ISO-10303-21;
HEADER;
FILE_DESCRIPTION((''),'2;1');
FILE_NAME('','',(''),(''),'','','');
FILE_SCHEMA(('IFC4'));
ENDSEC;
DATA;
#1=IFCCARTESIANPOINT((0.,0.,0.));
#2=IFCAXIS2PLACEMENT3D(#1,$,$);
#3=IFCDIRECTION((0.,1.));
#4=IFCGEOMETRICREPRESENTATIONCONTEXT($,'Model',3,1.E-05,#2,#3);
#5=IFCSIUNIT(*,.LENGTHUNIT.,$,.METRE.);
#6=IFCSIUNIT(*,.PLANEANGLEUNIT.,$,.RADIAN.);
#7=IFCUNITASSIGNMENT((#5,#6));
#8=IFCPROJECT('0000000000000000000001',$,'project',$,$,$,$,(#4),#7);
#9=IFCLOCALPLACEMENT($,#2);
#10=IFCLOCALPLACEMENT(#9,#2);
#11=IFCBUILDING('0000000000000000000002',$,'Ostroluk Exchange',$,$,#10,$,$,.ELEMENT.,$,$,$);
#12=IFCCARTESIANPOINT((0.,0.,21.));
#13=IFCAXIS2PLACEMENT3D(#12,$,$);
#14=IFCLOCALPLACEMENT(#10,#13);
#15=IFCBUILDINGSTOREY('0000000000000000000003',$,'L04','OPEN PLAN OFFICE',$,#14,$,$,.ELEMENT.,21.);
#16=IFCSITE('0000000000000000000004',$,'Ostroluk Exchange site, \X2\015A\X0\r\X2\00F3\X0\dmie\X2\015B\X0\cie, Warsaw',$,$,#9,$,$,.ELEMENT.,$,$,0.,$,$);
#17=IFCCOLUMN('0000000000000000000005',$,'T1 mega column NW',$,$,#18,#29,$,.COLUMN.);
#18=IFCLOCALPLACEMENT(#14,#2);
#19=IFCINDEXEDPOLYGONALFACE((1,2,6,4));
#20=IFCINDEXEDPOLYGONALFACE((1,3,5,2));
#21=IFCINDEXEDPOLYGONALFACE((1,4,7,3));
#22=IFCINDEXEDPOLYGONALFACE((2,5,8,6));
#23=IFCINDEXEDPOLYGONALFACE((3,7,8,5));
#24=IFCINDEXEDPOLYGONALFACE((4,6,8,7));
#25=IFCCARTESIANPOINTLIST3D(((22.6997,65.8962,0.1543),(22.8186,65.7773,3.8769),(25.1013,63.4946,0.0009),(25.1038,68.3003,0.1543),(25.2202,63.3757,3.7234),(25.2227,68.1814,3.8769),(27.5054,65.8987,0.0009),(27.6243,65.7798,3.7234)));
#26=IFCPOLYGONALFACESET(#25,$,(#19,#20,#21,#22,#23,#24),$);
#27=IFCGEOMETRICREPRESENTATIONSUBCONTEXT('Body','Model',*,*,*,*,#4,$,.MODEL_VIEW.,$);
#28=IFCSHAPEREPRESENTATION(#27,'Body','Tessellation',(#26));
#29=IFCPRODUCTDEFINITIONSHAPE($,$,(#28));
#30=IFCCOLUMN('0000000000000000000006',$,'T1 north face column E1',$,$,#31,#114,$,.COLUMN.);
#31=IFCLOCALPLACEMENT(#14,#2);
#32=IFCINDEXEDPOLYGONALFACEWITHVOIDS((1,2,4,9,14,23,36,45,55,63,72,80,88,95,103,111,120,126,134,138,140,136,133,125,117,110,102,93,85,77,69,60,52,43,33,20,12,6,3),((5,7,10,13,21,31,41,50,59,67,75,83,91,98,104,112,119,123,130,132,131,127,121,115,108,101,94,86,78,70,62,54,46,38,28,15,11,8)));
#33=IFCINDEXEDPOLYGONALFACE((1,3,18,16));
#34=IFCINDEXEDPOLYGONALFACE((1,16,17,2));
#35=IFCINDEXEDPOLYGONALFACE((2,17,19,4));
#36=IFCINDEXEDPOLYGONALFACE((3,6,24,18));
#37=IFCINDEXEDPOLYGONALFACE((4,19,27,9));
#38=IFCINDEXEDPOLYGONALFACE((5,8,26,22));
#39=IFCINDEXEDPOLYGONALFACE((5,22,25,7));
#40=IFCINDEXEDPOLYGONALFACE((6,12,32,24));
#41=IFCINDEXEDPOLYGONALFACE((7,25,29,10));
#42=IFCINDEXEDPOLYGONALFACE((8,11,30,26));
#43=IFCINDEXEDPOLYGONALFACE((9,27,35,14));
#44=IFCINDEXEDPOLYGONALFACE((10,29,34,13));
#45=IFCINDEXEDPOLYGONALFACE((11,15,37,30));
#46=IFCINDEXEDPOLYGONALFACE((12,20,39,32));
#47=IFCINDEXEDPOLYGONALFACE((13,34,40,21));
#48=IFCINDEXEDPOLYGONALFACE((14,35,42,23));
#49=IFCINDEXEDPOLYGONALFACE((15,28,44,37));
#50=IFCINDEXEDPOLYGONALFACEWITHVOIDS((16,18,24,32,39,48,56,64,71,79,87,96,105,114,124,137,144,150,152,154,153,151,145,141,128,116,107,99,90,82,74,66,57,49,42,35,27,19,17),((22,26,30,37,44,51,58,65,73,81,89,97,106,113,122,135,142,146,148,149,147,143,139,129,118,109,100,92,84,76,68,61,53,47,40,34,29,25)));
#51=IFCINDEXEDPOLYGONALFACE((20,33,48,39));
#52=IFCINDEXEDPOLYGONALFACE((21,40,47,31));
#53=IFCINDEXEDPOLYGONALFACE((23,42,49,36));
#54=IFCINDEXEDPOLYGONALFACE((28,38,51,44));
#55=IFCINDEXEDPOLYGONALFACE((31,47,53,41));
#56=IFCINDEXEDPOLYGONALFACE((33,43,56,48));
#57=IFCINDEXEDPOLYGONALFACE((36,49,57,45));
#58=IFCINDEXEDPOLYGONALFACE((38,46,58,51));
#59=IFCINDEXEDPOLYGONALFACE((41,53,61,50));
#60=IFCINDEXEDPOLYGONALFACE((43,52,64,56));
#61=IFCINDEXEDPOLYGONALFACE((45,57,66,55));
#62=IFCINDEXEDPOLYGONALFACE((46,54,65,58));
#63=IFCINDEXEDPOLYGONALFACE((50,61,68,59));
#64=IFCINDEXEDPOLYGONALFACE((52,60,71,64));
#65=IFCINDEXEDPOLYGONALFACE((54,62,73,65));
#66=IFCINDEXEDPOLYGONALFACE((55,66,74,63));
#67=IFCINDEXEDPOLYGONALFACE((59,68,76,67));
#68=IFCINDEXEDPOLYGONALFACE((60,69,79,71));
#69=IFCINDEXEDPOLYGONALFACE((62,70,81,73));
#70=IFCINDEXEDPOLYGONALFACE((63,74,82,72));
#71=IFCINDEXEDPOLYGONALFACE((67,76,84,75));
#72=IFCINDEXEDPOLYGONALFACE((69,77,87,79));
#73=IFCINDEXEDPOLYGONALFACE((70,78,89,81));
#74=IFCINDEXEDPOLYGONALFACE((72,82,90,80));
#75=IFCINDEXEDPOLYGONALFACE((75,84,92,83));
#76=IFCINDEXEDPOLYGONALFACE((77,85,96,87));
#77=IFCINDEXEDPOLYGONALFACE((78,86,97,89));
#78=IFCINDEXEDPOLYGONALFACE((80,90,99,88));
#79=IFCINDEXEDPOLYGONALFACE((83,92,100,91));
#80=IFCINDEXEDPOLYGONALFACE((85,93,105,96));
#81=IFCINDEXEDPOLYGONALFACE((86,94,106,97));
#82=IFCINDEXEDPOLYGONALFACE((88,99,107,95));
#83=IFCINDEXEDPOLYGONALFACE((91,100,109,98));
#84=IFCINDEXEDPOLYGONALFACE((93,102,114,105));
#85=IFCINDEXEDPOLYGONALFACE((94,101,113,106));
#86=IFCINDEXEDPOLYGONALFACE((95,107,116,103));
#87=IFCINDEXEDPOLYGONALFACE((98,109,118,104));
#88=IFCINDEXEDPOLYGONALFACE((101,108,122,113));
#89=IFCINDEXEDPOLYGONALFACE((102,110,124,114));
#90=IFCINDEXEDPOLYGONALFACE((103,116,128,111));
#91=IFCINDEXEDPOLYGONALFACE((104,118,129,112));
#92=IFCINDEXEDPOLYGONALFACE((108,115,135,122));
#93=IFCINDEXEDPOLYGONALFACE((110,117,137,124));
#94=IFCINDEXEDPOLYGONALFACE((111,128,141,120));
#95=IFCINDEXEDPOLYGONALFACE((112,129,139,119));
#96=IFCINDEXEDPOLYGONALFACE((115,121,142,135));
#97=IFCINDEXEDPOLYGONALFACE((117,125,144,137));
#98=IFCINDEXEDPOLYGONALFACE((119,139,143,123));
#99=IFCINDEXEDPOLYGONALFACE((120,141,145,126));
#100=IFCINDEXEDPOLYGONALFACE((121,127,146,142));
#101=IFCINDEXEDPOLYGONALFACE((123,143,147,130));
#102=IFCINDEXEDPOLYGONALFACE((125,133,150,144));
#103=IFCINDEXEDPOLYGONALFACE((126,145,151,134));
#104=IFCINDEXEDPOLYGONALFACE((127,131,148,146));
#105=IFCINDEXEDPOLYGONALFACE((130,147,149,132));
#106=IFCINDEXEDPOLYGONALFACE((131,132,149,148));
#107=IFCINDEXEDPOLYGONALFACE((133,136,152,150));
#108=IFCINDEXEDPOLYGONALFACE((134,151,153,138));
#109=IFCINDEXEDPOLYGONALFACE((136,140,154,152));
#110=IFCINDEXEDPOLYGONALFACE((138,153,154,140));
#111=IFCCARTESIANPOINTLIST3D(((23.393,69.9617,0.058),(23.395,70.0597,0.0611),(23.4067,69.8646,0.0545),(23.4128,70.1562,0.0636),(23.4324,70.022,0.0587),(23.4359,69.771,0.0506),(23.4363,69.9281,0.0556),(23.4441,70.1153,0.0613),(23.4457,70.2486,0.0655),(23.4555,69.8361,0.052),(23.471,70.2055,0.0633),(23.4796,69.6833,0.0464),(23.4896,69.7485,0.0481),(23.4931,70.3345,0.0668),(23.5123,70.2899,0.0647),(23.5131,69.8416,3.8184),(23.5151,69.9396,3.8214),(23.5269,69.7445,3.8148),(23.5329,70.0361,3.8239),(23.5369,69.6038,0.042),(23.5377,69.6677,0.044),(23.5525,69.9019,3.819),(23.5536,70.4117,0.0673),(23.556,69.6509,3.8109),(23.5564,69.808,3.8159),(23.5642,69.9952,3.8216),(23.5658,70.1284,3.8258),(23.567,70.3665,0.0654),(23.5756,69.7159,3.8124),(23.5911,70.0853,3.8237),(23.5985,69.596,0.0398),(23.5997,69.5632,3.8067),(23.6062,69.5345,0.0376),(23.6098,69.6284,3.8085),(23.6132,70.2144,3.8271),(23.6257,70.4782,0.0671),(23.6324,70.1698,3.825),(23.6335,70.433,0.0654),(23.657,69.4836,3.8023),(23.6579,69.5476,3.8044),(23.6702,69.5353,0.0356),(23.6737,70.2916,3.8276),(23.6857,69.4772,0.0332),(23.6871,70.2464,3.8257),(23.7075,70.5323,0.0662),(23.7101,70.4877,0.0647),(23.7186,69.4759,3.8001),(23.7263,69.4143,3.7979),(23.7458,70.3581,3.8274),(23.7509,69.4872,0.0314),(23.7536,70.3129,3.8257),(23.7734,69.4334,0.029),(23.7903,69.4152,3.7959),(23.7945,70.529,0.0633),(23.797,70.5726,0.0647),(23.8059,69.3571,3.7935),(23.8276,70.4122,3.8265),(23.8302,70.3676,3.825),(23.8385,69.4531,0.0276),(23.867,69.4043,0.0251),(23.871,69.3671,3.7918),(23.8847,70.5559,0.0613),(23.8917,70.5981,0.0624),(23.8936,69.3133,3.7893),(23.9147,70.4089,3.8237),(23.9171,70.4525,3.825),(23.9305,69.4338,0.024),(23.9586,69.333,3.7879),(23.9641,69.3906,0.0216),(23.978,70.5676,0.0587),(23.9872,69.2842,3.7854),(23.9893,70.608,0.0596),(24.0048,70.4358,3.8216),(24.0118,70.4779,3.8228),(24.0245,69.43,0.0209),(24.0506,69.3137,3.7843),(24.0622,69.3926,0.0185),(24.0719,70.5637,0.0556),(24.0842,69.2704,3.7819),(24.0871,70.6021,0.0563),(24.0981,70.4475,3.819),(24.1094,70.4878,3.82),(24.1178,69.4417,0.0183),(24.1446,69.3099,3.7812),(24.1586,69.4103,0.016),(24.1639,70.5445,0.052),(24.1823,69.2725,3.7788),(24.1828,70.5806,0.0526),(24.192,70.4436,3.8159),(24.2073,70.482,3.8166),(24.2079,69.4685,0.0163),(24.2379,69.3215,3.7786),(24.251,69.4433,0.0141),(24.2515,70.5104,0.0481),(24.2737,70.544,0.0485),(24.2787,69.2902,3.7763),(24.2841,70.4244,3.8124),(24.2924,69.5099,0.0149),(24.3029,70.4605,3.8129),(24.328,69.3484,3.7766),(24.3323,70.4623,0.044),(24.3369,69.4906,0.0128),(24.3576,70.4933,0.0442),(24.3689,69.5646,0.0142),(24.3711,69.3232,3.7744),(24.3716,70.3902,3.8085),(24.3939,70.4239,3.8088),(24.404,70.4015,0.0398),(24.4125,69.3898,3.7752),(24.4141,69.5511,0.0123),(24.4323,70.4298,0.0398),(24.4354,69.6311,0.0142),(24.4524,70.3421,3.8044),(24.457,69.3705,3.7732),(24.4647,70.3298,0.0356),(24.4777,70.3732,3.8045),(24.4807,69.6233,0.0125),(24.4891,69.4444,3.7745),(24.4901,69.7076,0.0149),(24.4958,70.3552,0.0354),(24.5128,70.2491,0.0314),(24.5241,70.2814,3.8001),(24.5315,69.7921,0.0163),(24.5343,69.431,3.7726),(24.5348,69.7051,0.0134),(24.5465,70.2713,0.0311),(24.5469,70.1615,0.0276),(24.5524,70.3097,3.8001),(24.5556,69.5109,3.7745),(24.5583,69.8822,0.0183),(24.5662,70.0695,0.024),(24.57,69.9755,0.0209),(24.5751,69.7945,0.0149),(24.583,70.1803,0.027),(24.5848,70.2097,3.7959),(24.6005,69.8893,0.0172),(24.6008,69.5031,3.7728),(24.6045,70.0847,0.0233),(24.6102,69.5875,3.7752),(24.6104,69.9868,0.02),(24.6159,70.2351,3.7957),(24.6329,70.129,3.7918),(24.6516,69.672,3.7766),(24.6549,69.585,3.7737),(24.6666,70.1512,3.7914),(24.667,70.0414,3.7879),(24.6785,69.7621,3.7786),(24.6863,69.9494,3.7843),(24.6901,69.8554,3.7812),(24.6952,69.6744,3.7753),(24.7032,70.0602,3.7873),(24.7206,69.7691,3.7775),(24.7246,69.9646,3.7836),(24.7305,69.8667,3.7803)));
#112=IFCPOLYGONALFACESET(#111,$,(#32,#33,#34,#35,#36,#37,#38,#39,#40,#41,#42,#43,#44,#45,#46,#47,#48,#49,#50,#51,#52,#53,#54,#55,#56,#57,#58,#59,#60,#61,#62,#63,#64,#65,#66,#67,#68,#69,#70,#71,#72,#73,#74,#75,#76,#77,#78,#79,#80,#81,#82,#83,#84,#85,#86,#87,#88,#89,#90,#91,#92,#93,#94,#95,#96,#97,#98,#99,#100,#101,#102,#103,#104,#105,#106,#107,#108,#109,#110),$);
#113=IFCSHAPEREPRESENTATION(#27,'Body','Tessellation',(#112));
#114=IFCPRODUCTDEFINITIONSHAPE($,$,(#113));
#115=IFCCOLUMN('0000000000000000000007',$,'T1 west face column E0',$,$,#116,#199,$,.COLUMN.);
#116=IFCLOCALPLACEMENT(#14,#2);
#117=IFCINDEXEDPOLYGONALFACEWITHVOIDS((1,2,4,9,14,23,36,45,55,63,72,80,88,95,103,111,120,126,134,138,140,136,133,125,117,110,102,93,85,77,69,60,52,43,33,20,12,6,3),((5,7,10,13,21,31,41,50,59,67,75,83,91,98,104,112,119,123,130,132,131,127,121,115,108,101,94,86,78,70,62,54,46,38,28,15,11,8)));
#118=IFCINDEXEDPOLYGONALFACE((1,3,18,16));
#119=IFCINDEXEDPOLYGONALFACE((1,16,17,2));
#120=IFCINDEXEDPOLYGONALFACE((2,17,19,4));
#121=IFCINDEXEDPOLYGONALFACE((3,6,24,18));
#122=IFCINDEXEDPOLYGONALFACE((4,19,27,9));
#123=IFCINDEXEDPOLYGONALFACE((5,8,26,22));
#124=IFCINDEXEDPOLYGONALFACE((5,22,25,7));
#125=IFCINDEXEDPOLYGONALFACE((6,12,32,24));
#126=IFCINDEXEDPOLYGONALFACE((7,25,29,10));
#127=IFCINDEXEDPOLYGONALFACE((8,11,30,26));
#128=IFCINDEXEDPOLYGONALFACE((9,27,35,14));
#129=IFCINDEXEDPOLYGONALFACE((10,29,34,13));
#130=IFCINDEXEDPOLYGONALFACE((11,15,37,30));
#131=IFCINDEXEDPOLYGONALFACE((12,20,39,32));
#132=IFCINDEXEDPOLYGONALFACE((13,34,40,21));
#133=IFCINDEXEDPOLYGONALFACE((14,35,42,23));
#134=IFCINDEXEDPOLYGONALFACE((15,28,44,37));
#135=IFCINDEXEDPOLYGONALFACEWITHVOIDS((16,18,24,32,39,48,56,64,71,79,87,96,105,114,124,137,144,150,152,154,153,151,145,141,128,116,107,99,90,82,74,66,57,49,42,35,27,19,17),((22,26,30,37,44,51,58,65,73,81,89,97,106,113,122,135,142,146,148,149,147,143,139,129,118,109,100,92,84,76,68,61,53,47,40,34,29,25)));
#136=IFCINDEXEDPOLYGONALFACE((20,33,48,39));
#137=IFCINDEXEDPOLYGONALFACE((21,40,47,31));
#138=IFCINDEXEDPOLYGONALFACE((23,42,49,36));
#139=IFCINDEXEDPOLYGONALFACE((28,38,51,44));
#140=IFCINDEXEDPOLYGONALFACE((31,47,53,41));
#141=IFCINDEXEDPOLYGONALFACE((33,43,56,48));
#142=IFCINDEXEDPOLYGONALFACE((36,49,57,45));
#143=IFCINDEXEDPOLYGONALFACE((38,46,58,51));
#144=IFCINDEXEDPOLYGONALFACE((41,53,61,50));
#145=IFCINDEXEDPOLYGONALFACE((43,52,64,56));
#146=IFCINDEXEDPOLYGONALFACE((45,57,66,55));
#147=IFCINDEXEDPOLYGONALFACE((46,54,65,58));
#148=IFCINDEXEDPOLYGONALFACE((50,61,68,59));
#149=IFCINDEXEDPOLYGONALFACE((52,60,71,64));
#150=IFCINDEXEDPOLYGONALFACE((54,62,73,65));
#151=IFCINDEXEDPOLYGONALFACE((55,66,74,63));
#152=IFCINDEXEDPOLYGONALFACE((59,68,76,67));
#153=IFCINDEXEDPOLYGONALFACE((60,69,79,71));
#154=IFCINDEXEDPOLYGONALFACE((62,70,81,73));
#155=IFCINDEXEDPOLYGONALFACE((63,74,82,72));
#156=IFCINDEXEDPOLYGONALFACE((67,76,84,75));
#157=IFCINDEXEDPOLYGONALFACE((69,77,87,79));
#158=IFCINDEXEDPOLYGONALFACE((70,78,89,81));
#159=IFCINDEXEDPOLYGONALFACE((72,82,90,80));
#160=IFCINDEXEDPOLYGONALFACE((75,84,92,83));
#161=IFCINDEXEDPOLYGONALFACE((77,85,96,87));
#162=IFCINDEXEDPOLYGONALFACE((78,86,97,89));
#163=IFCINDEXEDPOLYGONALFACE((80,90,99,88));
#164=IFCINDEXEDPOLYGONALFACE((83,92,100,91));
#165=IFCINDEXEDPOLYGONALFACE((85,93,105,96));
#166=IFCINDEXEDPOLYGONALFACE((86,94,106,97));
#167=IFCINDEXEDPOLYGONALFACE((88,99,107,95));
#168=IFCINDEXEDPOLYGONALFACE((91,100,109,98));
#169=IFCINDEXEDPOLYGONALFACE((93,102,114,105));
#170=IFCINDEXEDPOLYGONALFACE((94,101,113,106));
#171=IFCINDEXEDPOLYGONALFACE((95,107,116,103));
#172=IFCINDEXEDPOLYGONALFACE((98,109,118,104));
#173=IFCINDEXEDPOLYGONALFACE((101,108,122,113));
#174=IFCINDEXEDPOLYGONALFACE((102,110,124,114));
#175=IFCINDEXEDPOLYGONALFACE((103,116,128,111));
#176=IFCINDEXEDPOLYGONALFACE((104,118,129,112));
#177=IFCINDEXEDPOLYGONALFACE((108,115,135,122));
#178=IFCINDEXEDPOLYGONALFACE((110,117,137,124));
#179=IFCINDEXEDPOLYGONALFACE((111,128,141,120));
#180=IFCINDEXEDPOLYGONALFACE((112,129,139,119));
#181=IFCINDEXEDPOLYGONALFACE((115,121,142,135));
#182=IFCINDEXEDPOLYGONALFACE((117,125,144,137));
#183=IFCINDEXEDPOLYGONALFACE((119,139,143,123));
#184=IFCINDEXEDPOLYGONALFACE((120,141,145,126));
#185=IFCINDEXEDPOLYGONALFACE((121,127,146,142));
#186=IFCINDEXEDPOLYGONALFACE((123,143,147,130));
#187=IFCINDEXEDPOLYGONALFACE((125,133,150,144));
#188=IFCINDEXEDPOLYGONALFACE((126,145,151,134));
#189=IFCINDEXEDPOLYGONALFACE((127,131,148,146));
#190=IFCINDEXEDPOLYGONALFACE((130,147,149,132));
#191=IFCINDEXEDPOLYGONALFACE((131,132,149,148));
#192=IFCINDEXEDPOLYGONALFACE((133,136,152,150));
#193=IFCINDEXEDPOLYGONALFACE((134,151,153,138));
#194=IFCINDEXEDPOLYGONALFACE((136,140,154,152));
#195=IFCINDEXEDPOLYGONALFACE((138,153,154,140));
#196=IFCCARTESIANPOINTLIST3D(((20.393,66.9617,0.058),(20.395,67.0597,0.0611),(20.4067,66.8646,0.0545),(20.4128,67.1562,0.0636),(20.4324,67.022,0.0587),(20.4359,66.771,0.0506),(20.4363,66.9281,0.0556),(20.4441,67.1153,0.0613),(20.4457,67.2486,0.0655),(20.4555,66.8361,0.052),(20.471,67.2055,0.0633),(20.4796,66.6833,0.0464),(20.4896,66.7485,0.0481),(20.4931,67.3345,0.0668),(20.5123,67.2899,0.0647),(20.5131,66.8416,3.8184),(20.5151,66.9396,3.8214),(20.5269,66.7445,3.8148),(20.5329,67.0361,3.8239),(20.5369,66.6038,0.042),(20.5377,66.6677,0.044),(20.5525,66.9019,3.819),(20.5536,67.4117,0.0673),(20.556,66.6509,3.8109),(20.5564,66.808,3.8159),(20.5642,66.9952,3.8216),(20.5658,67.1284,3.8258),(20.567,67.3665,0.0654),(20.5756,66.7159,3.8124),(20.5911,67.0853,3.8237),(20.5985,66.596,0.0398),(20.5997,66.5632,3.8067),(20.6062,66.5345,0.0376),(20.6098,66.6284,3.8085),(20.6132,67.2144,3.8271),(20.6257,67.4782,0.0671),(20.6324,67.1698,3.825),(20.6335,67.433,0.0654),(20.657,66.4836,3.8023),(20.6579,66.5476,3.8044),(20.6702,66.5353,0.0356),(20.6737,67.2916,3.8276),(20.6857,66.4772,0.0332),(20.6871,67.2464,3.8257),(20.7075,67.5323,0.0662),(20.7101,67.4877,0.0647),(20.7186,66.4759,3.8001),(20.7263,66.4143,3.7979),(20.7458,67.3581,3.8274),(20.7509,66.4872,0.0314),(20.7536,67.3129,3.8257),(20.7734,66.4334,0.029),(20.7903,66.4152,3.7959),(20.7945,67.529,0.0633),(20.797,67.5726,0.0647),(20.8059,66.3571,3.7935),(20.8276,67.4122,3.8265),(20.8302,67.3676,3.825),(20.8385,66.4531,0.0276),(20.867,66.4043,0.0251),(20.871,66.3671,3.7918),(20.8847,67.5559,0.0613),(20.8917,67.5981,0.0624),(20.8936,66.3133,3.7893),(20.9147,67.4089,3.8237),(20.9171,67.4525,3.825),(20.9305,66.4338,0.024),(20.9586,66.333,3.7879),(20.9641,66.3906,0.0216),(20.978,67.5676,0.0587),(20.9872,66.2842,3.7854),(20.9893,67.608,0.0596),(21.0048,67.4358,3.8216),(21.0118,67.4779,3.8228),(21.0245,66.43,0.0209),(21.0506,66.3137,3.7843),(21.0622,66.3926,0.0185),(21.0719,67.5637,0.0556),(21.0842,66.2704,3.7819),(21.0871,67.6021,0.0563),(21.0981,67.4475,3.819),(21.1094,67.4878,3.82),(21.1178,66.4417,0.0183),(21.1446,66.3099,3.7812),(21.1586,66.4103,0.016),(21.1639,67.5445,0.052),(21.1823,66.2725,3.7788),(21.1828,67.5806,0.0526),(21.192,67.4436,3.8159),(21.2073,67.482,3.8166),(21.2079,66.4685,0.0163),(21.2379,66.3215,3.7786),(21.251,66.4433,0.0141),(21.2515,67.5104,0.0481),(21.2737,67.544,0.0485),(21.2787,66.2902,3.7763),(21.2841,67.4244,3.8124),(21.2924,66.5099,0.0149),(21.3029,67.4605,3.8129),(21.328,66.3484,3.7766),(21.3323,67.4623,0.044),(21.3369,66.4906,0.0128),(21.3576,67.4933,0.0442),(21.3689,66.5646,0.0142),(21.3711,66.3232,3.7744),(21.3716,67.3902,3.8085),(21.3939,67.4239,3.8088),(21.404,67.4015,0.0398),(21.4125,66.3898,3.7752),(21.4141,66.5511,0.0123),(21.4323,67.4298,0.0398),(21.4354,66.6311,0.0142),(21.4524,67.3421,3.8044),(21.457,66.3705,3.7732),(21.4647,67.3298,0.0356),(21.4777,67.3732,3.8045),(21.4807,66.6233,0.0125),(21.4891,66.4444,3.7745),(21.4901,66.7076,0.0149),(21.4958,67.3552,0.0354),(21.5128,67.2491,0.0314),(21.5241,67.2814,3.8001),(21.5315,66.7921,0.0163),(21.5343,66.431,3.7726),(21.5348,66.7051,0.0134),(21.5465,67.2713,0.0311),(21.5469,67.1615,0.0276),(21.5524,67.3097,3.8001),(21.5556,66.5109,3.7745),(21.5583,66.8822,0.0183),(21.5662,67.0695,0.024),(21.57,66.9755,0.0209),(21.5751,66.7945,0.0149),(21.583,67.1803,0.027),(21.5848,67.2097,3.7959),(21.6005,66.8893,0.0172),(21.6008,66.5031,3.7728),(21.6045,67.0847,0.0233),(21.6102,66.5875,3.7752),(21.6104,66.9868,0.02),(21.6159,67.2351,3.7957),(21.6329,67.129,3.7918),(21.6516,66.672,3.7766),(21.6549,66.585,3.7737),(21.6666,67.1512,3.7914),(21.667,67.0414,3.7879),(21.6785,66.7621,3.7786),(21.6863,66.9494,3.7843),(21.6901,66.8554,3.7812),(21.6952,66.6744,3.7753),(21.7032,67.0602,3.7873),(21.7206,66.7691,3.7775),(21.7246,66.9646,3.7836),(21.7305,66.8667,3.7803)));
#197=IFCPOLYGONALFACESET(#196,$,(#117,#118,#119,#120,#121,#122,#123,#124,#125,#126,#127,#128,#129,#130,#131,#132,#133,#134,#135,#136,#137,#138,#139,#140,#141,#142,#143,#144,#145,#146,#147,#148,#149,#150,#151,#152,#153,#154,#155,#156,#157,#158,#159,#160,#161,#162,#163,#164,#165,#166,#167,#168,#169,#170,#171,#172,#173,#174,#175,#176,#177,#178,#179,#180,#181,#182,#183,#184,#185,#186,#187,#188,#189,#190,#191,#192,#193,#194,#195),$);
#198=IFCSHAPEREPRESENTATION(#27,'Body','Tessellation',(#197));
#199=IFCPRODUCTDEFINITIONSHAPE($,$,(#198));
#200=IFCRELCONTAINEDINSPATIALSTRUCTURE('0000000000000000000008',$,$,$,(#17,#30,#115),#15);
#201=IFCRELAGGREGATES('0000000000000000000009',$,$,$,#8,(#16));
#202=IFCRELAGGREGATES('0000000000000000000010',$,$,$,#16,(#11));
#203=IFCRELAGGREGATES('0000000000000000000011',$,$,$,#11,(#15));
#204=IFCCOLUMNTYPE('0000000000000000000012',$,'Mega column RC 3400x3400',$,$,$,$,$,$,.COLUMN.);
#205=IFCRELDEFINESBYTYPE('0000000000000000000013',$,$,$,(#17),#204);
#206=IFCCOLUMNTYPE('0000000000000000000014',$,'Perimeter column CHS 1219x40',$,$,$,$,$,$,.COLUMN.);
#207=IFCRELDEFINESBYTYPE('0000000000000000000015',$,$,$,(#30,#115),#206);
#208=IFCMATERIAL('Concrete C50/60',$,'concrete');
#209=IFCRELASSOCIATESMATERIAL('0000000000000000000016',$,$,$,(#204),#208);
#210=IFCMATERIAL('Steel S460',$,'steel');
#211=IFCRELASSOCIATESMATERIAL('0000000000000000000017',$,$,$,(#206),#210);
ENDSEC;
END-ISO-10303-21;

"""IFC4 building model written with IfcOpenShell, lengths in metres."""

from ifc_helpers import new_model, si_unit, direction, frame, origin, origin_2d, place, context, subcontext, project, spatial, rectangle, hollow_circle, extrude, material, material_profile, profile_set, type_object, element, save


model = new_model("IFC4")

# Units and contexts
model_context = context("Model", 3, precision=1e-05, world=origin(), true_north=direction((0.0, 1.0)))
body_context = subcontext(model_context, "Body", "Model", "MODEL_VIEW")
ifc_project = project(units=[si_unit("LENGTHUNIT", "METRE"), si_unit("PLANEANGLEUNIT", "RADIAN")], contexts=[model_context])

# Site, building, storey
site_placement = place(None, origin())
site = spatial("IfcSite", under=ifc_project, at=site_placement, Name="Ostroluk Exchange site, Śródmieście, Warsaw", CompositionType="ELEMENT", RefElevation=0.0)
building_placement = place(site_placement, origin())
building = spatial("IfcBuilding", under=site, at=building_placement, Name="Ostroluk Exchange", CompositionType="ELEMENT")
storey_placement = place(building_placement, frame((0.0, 0.0, 21.0)))
storey = spatial("IfcBuildingStorey", under=building, at=storey_placement, Name="L04", Description="OPEN PLAN OFFICE", CompositionType="ELEMENT", Elevation=21.0)

# Columns
ifc_material_1 = material(Name="Concrete C50/60", Category="concrete")
ifc_material_profile_1 = material_profile(ifc_material_1, rectangle(XDim=3.3999, YDim=3.3999, at=origin_2d()), Name="RC 3400x3400")
ifc_profile_set_1 = profile_set([ifc_material_profile_1], Name="Concrete C50/60")
column_type_1 = type_object("IfcColumnType", Name="Mega column RC 3400x3400", PredefinedType="COLUMN", material=ifc_profile_set_1)
column_placement = place(storey_placement, frame((25.1025, 65.8975, 0.0776), z_axis=(0.031908, -0.031908, 0.998981), x_axis=(0.707107, 0.707107, 0.0)))
element("IfcColumn", 1, at=column_placement, inside=storey, type_object=column_type_1, Name="T1 mega column NW", PredefinedType="COLUMN", context=body_context, shape_type="SweptSolid", body=[
    extrude(rectangle(XDim=3.3999, YDim=3.3999, at=origin_2d()), origin(), (0.0, 0.0, 1.0), 3.7263),
])
ifc_material_2 = material(Name="Steel S460", Category="steel")
ifc_material_profile_2 = material_profile(ifc_material_2, hollow_circle(Radius=0.6096, WallThickness=0.04, at=origin_2d()), Name="CHS 1219x40")
ifc_profile_set_2 = profile_set([ifc_material_profile_2], Name="Steel S460")
column_type_2 = type_object("IfcColumnType", Name="Perimeter column CHS 1219x40", PredefinedType="COLUMN", material=ifc_profile_set_2)
for number, where, z_axis, x_axis, name in (
    (2, (24.0012, 69.9988, 0.0398), (0.031911, -0.031911, 0.998981), (0.707107, 0.707107, 0.0), "T1 north face column E1"),
    (3, (21.0012, 66.9988, 0.0398), (0.031911, -0.031911, 0.998981), (0.707107, 0.707107, 0.0), "T1 west face column E0"),
):
    element("IfcColumn", number, at=place(storey_placement, frame(where, z_axis=z_axis, x_axis=x_axis)), inside=storey, type_object=column_type_2, Name=name, PredefinedType="COLUMN", context=body_context, shape_type="SweptSolid", body=[
        extrude(hollow_circle(Radius=0.6096, WallThickness=0.04, at=origin_2d()), origin(), (0.0, 0.0, 1.0), 3.7642),
    ])

save(model, "model.ifc")
